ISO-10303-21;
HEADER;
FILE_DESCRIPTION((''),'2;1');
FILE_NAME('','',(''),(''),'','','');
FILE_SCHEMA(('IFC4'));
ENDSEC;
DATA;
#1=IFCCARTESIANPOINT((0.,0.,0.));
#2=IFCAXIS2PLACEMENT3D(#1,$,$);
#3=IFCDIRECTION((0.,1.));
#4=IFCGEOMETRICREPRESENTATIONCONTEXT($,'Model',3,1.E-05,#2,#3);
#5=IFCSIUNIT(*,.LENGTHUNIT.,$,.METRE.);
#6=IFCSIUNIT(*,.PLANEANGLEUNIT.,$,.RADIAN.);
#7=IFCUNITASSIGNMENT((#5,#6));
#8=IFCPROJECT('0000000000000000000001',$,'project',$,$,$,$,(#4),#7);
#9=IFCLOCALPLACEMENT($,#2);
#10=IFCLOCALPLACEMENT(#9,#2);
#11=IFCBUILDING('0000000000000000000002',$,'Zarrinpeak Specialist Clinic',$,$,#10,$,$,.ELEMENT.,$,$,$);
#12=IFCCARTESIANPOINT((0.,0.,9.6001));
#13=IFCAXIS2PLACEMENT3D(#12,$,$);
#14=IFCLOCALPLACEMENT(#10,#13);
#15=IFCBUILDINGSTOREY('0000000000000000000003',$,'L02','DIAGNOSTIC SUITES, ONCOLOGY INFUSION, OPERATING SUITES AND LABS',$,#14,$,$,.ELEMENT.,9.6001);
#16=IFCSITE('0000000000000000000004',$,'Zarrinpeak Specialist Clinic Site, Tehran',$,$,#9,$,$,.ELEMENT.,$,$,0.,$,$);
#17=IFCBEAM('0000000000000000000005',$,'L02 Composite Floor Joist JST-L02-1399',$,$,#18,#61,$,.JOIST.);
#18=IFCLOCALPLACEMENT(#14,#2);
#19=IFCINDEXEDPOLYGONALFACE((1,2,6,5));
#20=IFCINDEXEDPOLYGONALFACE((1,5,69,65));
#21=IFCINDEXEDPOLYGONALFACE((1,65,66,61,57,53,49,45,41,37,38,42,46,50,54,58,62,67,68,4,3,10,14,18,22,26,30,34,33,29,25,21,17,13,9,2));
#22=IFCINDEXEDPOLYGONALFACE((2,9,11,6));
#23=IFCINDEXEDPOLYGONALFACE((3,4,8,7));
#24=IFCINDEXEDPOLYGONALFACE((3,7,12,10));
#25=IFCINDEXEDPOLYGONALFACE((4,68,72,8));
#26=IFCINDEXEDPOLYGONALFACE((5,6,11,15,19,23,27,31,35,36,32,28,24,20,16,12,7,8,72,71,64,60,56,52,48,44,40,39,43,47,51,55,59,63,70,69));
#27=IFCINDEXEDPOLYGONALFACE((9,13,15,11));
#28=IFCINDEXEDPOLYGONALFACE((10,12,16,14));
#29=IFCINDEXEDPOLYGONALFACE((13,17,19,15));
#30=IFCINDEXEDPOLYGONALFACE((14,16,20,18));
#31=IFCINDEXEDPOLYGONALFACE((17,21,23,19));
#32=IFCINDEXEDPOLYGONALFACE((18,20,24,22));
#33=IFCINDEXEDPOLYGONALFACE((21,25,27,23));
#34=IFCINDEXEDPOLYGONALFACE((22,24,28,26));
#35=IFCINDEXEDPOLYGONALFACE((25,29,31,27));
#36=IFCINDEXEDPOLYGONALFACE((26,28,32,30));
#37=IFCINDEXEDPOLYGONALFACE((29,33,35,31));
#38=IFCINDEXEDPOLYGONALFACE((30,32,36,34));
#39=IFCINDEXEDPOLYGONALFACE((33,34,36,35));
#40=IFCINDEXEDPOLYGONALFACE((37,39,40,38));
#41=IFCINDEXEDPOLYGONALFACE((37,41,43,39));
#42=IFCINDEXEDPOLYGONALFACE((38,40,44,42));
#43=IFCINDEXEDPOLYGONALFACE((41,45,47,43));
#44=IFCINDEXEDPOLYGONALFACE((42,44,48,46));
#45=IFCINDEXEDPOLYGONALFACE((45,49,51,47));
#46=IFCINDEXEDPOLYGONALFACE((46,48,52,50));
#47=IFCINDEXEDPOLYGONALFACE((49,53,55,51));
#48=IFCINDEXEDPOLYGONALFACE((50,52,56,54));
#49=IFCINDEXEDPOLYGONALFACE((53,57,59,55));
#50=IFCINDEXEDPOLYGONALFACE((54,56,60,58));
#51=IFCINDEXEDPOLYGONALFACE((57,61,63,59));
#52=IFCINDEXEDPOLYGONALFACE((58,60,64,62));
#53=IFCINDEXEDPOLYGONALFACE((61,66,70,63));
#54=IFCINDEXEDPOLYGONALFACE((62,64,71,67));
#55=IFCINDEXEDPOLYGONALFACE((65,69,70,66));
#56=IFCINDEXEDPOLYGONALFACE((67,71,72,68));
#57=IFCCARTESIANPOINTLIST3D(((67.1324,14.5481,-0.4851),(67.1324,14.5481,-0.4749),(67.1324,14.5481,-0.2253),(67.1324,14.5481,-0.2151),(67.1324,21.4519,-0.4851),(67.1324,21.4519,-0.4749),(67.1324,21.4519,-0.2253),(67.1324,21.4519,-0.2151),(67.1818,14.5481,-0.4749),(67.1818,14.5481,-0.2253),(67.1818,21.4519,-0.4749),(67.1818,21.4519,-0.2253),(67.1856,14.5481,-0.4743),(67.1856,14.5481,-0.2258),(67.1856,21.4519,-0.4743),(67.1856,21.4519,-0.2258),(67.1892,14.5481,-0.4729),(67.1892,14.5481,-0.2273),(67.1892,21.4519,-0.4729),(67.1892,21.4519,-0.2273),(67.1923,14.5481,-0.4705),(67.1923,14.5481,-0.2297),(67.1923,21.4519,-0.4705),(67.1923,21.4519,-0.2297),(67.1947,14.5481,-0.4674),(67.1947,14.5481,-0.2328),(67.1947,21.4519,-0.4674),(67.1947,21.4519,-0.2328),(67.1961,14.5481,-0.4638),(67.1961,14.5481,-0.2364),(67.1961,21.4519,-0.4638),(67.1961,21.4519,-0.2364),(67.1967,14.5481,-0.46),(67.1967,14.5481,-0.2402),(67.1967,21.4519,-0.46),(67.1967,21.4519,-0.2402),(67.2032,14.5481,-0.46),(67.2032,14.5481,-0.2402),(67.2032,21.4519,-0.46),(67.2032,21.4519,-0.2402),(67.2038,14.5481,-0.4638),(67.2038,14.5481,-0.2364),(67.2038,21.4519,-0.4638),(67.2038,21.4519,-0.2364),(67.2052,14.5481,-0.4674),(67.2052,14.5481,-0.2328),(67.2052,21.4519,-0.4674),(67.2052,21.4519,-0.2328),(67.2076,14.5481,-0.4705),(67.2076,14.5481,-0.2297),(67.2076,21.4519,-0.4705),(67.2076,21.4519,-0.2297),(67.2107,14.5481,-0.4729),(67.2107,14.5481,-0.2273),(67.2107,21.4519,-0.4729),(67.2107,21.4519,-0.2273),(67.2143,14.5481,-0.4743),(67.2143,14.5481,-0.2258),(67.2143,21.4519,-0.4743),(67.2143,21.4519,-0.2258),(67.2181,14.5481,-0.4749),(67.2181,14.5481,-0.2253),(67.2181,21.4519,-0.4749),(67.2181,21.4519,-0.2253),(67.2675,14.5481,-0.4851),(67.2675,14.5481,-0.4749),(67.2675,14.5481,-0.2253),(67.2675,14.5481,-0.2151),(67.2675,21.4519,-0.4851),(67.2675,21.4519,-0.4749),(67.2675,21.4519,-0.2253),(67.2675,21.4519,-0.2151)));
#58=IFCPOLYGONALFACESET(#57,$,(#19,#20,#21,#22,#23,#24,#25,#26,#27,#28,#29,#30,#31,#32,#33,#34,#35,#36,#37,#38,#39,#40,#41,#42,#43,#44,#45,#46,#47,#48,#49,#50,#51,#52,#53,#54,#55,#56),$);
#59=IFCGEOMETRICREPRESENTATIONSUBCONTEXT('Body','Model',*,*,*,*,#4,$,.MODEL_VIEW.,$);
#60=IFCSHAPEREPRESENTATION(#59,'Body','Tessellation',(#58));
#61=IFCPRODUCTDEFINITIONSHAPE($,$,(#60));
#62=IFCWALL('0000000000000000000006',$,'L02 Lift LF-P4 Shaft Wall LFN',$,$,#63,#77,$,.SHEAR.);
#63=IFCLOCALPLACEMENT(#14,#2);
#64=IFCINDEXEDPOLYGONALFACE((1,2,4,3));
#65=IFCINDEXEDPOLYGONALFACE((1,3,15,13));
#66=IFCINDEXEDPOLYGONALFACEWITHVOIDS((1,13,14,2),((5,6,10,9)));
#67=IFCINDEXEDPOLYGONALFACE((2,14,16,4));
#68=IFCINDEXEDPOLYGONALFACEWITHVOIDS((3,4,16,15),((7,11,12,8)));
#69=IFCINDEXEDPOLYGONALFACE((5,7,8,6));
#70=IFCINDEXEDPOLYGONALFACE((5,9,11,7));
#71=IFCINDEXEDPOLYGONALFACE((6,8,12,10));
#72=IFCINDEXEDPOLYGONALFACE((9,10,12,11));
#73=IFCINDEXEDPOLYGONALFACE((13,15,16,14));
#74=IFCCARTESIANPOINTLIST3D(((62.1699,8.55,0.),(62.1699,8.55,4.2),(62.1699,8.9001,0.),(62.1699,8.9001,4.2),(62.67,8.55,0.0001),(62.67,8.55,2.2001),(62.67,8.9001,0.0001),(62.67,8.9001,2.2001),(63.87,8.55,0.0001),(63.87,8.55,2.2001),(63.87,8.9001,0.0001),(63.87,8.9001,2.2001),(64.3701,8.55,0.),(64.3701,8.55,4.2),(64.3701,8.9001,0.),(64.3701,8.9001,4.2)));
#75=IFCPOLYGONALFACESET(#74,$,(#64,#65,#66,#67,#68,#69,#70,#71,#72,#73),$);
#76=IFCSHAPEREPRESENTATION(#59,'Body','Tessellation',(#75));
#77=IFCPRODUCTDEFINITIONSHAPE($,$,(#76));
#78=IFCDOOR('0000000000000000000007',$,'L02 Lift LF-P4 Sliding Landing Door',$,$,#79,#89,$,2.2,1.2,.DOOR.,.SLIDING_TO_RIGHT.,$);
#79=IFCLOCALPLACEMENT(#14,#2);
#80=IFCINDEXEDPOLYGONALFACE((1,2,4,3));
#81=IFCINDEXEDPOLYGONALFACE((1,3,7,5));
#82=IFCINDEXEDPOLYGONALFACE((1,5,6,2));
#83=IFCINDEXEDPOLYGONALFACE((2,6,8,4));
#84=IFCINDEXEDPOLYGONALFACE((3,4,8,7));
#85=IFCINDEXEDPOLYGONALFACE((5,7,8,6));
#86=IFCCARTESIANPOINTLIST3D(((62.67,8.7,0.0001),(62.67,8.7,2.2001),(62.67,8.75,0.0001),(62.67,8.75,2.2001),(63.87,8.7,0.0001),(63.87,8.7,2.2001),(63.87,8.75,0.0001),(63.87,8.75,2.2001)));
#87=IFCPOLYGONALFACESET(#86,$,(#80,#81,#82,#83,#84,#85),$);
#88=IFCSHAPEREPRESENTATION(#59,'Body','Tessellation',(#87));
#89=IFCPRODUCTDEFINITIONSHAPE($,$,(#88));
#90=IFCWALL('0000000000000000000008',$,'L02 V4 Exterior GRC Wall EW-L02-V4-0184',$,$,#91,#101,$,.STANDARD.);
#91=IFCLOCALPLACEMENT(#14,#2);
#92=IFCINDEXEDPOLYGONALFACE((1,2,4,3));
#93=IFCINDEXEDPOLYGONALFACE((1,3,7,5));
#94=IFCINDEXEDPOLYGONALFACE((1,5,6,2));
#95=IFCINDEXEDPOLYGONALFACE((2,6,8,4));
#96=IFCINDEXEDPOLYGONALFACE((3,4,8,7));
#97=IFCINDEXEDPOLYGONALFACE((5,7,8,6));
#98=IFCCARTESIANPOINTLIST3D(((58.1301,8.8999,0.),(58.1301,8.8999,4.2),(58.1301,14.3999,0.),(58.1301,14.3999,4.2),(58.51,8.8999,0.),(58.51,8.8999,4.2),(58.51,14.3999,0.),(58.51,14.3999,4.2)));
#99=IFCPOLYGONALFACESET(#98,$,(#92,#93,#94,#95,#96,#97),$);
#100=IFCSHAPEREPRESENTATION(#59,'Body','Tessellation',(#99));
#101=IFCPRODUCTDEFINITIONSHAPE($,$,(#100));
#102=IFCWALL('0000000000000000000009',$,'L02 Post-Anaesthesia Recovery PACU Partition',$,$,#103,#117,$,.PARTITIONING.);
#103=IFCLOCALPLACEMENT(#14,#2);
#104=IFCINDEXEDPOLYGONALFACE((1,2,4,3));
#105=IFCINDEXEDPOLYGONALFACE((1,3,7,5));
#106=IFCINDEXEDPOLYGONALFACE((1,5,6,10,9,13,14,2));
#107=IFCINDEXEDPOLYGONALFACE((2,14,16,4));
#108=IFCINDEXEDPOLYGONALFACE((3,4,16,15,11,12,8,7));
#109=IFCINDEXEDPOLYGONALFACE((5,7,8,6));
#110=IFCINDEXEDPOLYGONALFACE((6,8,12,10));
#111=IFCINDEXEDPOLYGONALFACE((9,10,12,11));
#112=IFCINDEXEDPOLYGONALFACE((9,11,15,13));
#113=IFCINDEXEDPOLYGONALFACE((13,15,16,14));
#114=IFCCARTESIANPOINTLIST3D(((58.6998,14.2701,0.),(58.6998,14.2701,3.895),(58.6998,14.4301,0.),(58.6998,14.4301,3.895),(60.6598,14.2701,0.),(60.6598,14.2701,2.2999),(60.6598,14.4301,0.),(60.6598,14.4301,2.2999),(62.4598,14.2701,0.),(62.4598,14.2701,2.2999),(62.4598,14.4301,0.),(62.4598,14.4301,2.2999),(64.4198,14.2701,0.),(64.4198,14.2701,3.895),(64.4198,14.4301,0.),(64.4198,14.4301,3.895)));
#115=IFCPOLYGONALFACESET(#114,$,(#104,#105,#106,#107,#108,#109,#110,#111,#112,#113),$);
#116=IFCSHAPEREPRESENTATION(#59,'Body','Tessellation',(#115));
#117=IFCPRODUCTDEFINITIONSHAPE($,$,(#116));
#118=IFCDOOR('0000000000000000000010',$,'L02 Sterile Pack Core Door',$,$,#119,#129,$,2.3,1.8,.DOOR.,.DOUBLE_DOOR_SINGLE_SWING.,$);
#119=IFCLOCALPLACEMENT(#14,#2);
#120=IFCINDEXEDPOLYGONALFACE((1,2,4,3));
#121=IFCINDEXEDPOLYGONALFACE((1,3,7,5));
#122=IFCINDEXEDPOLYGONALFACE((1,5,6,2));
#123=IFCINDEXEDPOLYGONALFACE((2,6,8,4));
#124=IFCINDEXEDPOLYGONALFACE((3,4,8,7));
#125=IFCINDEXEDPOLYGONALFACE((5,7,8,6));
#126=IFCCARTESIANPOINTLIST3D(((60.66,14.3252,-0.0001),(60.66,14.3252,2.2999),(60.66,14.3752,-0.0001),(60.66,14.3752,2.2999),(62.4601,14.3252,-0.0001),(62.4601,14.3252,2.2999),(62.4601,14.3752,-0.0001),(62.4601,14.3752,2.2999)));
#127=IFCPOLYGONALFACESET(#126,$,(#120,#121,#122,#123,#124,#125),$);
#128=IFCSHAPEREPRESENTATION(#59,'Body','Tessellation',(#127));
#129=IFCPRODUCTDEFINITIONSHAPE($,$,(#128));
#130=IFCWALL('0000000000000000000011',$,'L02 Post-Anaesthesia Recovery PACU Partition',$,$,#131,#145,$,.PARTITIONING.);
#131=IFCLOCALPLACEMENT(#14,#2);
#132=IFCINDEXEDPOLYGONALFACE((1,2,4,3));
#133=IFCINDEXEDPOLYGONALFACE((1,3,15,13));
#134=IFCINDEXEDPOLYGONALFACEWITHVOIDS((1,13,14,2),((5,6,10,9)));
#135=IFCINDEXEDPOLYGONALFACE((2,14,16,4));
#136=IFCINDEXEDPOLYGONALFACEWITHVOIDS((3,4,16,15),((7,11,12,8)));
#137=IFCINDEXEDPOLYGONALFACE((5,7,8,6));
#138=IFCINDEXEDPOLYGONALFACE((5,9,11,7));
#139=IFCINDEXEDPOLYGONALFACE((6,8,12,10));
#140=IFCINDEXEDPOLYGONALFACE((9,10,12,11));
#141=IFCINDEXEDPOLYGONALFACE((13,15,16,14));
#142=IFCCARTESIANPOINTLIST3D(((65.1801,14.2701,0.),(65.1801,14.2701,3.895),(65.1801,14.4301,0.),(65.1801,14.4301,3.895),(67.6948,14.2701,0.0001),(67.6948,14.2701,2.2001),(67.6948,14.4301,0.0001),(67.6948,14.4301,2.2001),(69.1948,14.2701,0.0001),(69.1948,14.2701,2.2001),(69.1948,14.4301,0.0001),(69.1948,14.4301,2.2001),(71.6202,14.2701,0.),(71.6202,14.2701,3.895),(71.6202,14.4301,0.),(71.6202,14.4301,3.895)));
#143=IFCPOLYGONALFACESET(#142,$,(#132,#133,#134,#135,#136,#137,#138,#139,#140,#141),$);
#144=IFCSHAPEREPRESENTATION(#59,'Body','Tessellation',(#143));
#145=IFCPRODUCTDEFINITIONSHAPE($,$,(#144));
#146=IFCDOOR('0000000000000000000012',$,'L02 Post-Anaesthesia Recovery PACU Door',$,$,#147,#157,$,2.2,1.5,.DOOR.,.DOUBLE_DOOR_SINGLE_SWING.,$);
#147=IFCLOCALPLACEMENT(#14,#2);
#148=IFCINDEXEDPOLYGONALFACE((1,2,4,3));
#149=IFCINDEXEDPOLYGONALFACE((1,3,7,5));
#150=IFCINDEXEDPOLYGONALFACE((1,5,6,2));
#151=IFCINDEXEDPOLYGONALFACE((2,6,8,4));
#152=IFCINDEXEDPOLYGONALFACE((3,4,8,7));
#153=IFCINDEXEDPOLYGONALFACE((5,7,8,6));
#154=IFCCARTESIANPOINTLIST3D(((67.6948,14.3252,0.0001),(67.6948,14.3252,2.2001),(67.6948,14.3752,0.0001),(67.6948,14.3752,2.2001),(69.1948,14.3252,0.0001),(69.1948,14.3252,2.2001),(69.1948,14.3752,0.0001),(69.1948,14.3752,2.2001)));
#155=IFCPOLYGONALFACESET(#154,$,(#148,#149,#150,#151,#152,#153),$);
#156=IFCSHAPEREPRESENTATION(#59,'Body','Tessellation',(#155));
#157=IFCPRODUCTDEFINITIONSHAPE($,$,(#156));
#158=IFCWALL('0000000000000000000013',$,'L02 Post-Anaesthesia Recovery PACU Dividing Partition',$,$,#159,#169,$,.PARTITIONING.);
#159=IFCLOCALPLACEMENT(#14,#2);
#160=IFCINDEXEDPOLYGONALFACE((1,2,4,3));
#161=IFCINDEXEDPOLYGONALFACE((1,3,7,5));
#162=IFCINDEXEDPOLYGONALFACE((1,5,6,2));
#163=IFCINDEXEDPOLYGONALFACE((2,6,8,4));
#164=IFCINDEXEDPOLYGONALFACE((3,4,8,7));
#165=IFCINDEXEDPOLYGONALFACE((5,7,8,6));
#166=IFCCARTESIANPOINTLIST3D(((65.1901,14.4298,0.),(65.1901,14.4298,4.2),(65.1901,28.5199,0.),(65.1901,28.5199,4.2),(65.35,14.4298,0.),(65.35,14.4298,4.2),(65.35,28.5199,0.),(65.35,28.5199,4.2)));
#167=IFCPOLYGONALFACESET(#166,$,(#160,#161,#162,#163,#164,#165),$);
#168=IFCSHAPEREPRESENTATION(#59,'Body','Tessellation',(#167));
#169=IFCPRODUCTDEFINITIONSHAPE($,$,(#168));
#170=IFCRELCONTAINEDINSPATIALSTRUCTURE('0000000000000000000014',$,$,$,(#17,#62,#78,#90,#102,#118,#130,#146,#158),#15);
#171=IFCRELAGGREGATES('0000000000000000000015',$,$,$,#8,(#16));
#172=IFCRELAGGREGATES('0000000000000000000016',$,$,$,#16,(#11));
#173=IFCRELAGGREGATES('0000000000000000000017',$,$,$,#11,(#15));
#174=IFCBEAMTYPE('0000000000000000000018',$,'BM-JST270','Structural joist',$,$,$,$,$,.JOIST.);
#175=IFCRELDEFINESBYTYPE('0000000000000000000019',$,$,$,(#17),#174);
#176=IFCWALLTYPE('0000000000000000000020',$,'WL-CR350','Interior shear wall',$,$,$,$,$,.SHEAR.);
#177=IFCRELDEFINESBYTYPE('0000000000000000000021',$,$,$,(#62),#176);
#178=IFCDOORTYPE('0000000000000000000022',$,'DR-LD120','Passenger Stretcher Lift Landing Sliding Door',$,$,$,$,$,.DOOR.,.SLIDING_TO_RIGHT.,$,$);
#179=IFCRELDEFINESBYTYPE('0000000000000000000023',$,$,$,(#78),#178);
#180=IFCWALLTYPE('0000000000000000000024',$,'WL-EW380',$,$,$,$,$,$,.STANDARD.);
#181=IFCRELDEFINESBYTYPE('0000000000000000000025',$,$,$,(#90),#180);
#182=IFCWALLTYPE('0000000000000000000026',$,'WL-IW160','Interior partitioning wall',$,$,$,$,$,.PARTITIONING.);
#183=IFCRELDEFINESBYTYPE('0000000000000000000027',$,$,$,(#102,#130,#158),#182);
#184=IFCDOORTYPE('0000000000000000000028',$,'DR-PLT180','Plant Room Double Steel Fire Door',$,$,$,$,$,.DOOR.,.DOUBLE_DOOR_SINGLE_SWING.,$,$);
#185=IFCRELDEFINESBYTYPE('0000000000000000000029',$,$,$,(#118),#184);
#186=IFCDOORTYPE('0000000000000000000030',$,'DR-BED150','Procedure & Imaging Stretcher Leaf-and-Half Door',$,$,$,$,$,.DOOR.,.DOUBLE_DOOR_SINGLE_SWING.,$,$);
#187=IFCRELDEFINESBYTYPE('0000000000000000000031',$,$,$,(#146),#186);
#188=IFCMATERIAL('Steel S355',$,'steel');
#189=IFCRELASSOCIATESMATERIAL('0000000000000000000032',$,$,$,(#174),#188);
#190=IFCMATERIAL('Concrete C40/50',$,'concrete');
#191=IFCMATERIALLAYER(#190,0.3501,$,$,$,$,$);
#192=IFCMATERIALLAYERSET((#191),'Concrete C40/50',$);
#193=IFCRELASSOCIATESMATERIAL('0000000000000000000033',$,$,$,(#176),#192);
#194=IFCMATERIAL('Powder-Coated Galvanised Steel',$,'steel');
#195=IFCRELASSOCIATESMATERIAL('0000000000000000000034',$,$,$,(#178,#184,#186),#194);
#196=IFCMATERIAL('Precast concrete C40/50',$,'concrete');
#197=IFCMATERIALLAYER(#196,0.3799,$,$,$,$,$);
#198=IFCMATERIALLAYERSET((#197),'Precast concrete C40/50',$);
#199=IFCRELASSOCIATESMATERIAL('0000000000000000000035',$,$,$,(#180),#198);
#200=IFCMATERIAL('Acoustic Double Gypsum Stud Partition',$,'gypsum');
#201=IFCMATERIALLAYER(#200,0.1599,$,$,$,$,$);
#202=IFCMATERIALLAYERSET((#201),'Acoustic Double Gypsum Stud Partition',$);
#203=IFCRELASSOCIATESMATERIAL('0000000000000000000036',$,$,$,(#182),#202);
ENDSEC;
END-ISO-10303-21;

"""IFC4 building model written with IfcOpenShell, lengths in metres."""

from ifc_helpers import new_model, si_unit, direction, frame, frame_2d, origin, origin_2d, place, context, subcontext, project, spatial, rectangle, i_section, extrude, material, layer, layer_set, material_profile, profile_set, type_object, element, fill, save


model = new_model("IFC4")

# Units and contexts
model_context = context("Model", 3, precision=1e-05, world=origin(), true_north=direction((0.0, 1.0)))
body_context = subcontext(model_context, "Body", "Model", "MODEL_VIEW")
ifc_project = project(units=[si_unit("LENGTHUNIT", "METRE"), si_unit("PLANEANGLEUNIT", "RADIAN")], contexts=[model_context])

# Site, building, storey
site_placement = place(None, origin())
site = spatial("IfcSite", under=ifc_project, at=site_placement, Name="Zarrinpeak Specialist Clinic Site, Tehran", CompositionType="ELEMENT", RefElevation=0.0)
building_placement = place(site_placement, origin())
building = spatial("IfcBuilding", under=site, at=building_placement, Name="Zarrinpeak Specialist Clinic", CompositionType="ELEMENT")
storey_placement = place(building_placement, frame((0.0, 0.0, 9.6001)))
storey = spatial("IfcBuildingStorey", under=building, at=storey_placement, Name="L02", Description="DIAGNOSTIC SUITES, ONCOLOGY INFUSION, OPERATING SUITES AND LABS", CompositionType="ELEMENT", Elevation=9.6001)

# Shared definitions
ifc_material_1 = material(Name="Steel S355", Category="steel")

# Beam
ifc_material_profile_1 = material_profile(ifc_material_1, i_section(OverallWidth=0.135, OverallDepth=0.27, WebThickness=0.0066, FlangeThickness=0.0103, FilletRadius=0.0149, at=origin_2d()), Name="IPE 270")
ifc_profile_set_1 = profile_set([ifc_material_profile_1], Name="Steel S355")
beam_type_1 = type_object("IfcBeamType", Name="BM-JST270", Description="Structural joist", PredefinedType="JOIST", material=ifc_profile_set_1)
for number, where, z_axis, x_axis, name in (
    (1, (67.2, 14.5481, -0.3501), (0.0, 1.0, 0.0), (-1.0, 0.0, 0.0), "L02 Composite Floor Joist JST-L02-1399"),
):
    element("IfcBeam", number, at=place(storey_placement, frame(where, z_axis=z_axis, x_axis=x_axis)), inside=storey, type_object=beam_type_1, Name=name, PredefinedType="JOIST", context=body_context, shape_type="SweptSolid", body=[
        extrude(i_section(OverallWidth=0.135, OverallDepth=0.27, WebThickness=0.0066, FlangeThickness=0.0103, FilletRadius=0.0149, at=origin_2d()), origin(), (0.0, 0.0, 1.0), 6.9038),
    ])

# Wall, opening, door
ifc_material_2 = material(Name="Concrete C40/50", Category="concrete")
ifc_layer_1 = layer(ifc_material_2, 0.3501)
ifc_layer_set_1 = layer_set([ifc_layer_1], Name="Concrete C40/50")
wall_type_1 = type_object("IfcWallType", Name="WL-CR350", Description="Interior shear wall", PredefinedType="SHEAR", material=ifc_layer_set_1)
ifc_material_3 = material(Name="Powder-Coated Galvanised Steel", Category="steel")
wall_1_placement = place(storey_placement, frame((62.1699, 8.7251, 0.0), z_axis=(0.0, 0.0, 1.0), x_axis=(1.0, 0.0, 0.0)))
wall_1 = element("IfcWall", 2, at=wall_1_placement, inside=storey, type_object=wall_type_1, Name="L02 Lift LF-P4 Shaft Wall LFN", PredefinedType="SHEAR", context=body_context, shape_type="SweptSolid", body=[
    extrude(rectangle(XDim=2.2002, YDim=0.3501, at=frame_2d((1.1001, 0.0))), origin(), (0.0, 0.0, 1.0), 4.2),
])
opening_1_placement = place(wall_1_placement, frame((0.5, 0.0, 0.0)))
opening_1 = element("IfcOpeningElement", 3, at=opening_1_placement, cuts=wall_1, PredefinedType="OPENING", context=body_context, shape_type="SweptSolid", body=[
    extrude(rectangle(XDim=1.2, YDim=2.2, at=frame_2d((0.6001, 1.1001))), frame((0.0, 0.1851, 0.0), z_axis=(0.0, -1.0, 0.0), x_axis=(1.0, 0.0, 0.0)), (0.0, 0.0, 1.0), 0.3701),
])
door_type_1 = type_object("IfcDoorType", Name="DR-LD120", Description="Passenger Stretcher Lift Landing Sliding Door", OperationType="SLIDING_TO_RIGHT", PredefinedType="DOOR", material=ifc_material_3)
door_1_placement = place(opening_1_placement, origin())
door_1 = element("IfcDoor", 4, at=door_1_placement, inside=storey, type_object=door_type_1, Name="L02 Lift LF-P4 Sliding Landing Door", OperationType="SLIDING_TO_RIGHT", OverallHeight=2.2, OverallWidth=1.2, PredefinedType="DOOR", context=body_context, shape_type="SweptSolid", body=[
    extrude(rectangle(XDim=1.2, YDim=2.2, at=frame_2d((0.6001, 1.1001))), frame((0.0, 0.0249, 0.0), z_axis=(0.0, -1.0, 0.0), x_axis=(1.0, 0.0, 0.0)), (0.0, 0.0, 1.0), 0.05),
])
fill(opening_1, door_1)

# Wall
ifc_material_4 = material(Name="Precast concrete C40/50", Category="concrete")
ifc_layer_2 = layer(ifc_material_4, 0.3799)
ifc_layer_set_2 = layer_set([ifc_layer_2], Name="Precast concrete C40/50")
wall_type_2 = type_object("IfcWallType", Name="WL-EW380", PredefinedType="STANDARD", material=ifc_layer_set_2)
wall_2_placement = place(storey_placement, frame((58.3201, 14.3999, 0.0), z_axis=(0.0, 0.0, 1.0), x_axis=(0.0, -1.0, 0.0)))
element("IfcWall", 5, at=wall_2_placement, inside=storey, type_object=wall_type_2, Name="L02 V4 Exterior GRC Wall EW-L02-V4-0184", PredefinedType="STANDARD", context=body_context, shape_type="SweptSolid", body=[
    extrude(rectangle(XDim=5.5, YDim=0.3799, at=frame_2d((2.75, 0.0))), origin(), (0.0, 0.0, 1.0), 4.2),
])

# Walls, openings, doors
ifc_material_5 = material(Name="Acoustic Double Gypsum Stud Partition", Category="gypsum")
ifc_layer_3 = layer(ifc_material_5, 0.1599)
ifc_layer_set_3 = layer_set([ifc_layer_3], Name="Acoustic Double Gypsum Stud Partition")
wall_type_3 = type_object("IfcWallType", Name="WL-IW160", Description="Interior partitioning wall", PredefinedType="PARTITIONING", material=ifc_layer_set_3)
wall_3_placement = place(storey_placement, frame((58.7, 14.3501, 0.0), z_axis=(0.0, 0.0, 1.0), x_axis=(1.0, 0.0, 0.0)))
wall_3 = element("IfcWall", 6, at=wall_3_placement, inside=storey, type_object=wall_type_3, Name="L02 Post-Anaesthesia Recovery PACU Partition", PredefinedType="PARTITIONING", context=body_context, shape_type="SweptSolid", body=[
    extrude(rectangle(XDim=5.72, YDim=0.1599, at=frame_2d((2.8599, 0.0))), origin(), (0.0, 0.0, 1.0), 3.895),
])
opening_2_placement = place(wall_3_placement, frame((1.96, 0.0, 0.0)))
opening_2 = element("IfcOpeningElement", 7, at=opening_2_placement, cuts=wall_3, PredefinedType="OPENING", context=body_context, shape_type="SweptSolid", body=[
    extrude(rectangle(XDim=1.8, YDim=2.3, at=frame_2d((0.8999, 1.1499))), frame((0.0, 0.0898, 0.0), z_axis=(0.0, -1.0, 0.0), x_axis=(1.0, 0.0, 0.0)), (0.0, 0.0, 1.0), 0.1799),
])
door_type_2 = type_object("IfcDoorType", Name="DR-PLT180", Description="Plant Room Double Steel Fire Door", OperationType="DOUBLE_DOOR_SINGLE_SWING", PredefinedType="DOOR", material=ifc_material_3)
door_2_placement = place(opening_2_placement, frame((1.8, 0.0, 0.0), z_axis=(0.0, 0.0, 1.0), x_axis=(-1.0, 0.0, 0.0)))
door_2 = element("IfcDoor", 8, at=door_2_placement, inside=storey, type_object=door_type_2, Name="L02 Sterile Pack Core Door", OperationType="DOUBLE_DOOR_SINGLE_SWING", OverallHeight=2.3, OverallWidth=1.8, PredefinedType="DOOR", context=body_context, shape_type="SweptSolid", body=[
    extrude(rectangle(XDim=1.8, YDim=2.3, at=frame_2d((0.8999, 1.1499))), frame((0.0, 0.0249, 0.0), z_axis=(0.0, -1.0, 0.0), x_axis=(1.0, 0.0, 0.0)), (0.0, 0.0, 1.0), 0.05),
])
fill(opening_2, door_2)
wall_4_placement = place(storey_placement, frame((65.1799, 14.3501, 0.0), z_axis=(0.0, 0.0, 1.0), x_axis=(1.0, 0.0, 0.0)))
wall_4 = element("IfcWall", 9, at=wall_4_placement, inside=storey, type_object=wall_type_3, Name="L02 Post-Anaesthesia Recovery PACU Partition", PredefinedType="PARTITIONING", context=body_context, shape_type="SweptSolid", body=[
    extrude(rectangle(XDim=6.4402, YDim=0.1599, at=frame_2d((3.2202, 0.0))), origin(), (0.0, 0.0, 1.0), 3.895),
])
opening_3_placement = place(wall_4_placement, frame((2.5149, 0.0, 0.0)))
opening_3 = element("IfcOpeningElement", 10, at=opening_3_placement, cuts=wall_4, PredefinedType="OPENING", context=body_context, shape_type="SweptSolid", body=[
    extrude(rectangle(XDim=1.5, YDim=2.2, at=frame_2d((0.75, 1.1001))), frame((0.0, 0.0898, 0.0), z_axis=(0.0, -1.0, 0.0), x_axis=(1.0, 0.0, 0.0)), (0.0, 0.0, 1.0), 0.1799),
])
door_type_3 = type_object("IfcDoorType", Name="DR-BED150", Description="Procedure & Imaging Stretcher Leaf-and-Half Door", OperationType="DOUBLE_DOOR_SINGLE_SWING", PredefinedType="DOOR", material=ifc_material_3)
door_3_placement = place(opening_3_placement, frame((1.5, 0.0, 0.0), z_axis=(0.0, 0.0, 1.0), x_axis=(-1.0, 0.0, 0.0)))
door_3 = element("IfcDoor", 11, at=door_3_placement, inside=storey, type_object=door_type_3, Name="L02 Post-Anaesthesia Recovery PACU Door", OperationType="DOUBLE_DOOR_SINGLE_SWING", OverallHeight=2.2, OverallWidth=1.5, PredefinedType="DOOR", context=body_context, shape_type="SweptSolid", body=[
    extrude(rectangle(XDim=1.5, YDim=2.2, at=frame_2d((0.75, 1.1001))), frame((0.0, 0.0249, 0.0), z_axis=(0.0, -1.0, 0.0), x_axis=(1.0, 0.0, 0.0)), (0.0, 0.0, 1.0), 0.05),
])
fill(opening_3, door_3)

# Wall
wall_5_placement = place(storey_placement, frame((65.27, 14.4299, 0.0), z_axis=(0.0, 0.0, 1.0), x_axis=(0.0, 1.0, 0.0)))
element("IfcWall", 12, at=wall_5_placement, inside=storey, type_object=wall_type_3, Name="L02 Post-Anaesthesia Recovery PACU Dividing Partition", PredefinedType="PARTITIONING", context=body_context, shape_type="SweptSolid", body=[
    extrude(rectangle(XDim=14.0901, YDim=0.1599, at=frame_2d((7.0449, 0.0))), origin(), (0.0, 0.0, 1.0), 4.2),
])

save(model, "model.ifc")
